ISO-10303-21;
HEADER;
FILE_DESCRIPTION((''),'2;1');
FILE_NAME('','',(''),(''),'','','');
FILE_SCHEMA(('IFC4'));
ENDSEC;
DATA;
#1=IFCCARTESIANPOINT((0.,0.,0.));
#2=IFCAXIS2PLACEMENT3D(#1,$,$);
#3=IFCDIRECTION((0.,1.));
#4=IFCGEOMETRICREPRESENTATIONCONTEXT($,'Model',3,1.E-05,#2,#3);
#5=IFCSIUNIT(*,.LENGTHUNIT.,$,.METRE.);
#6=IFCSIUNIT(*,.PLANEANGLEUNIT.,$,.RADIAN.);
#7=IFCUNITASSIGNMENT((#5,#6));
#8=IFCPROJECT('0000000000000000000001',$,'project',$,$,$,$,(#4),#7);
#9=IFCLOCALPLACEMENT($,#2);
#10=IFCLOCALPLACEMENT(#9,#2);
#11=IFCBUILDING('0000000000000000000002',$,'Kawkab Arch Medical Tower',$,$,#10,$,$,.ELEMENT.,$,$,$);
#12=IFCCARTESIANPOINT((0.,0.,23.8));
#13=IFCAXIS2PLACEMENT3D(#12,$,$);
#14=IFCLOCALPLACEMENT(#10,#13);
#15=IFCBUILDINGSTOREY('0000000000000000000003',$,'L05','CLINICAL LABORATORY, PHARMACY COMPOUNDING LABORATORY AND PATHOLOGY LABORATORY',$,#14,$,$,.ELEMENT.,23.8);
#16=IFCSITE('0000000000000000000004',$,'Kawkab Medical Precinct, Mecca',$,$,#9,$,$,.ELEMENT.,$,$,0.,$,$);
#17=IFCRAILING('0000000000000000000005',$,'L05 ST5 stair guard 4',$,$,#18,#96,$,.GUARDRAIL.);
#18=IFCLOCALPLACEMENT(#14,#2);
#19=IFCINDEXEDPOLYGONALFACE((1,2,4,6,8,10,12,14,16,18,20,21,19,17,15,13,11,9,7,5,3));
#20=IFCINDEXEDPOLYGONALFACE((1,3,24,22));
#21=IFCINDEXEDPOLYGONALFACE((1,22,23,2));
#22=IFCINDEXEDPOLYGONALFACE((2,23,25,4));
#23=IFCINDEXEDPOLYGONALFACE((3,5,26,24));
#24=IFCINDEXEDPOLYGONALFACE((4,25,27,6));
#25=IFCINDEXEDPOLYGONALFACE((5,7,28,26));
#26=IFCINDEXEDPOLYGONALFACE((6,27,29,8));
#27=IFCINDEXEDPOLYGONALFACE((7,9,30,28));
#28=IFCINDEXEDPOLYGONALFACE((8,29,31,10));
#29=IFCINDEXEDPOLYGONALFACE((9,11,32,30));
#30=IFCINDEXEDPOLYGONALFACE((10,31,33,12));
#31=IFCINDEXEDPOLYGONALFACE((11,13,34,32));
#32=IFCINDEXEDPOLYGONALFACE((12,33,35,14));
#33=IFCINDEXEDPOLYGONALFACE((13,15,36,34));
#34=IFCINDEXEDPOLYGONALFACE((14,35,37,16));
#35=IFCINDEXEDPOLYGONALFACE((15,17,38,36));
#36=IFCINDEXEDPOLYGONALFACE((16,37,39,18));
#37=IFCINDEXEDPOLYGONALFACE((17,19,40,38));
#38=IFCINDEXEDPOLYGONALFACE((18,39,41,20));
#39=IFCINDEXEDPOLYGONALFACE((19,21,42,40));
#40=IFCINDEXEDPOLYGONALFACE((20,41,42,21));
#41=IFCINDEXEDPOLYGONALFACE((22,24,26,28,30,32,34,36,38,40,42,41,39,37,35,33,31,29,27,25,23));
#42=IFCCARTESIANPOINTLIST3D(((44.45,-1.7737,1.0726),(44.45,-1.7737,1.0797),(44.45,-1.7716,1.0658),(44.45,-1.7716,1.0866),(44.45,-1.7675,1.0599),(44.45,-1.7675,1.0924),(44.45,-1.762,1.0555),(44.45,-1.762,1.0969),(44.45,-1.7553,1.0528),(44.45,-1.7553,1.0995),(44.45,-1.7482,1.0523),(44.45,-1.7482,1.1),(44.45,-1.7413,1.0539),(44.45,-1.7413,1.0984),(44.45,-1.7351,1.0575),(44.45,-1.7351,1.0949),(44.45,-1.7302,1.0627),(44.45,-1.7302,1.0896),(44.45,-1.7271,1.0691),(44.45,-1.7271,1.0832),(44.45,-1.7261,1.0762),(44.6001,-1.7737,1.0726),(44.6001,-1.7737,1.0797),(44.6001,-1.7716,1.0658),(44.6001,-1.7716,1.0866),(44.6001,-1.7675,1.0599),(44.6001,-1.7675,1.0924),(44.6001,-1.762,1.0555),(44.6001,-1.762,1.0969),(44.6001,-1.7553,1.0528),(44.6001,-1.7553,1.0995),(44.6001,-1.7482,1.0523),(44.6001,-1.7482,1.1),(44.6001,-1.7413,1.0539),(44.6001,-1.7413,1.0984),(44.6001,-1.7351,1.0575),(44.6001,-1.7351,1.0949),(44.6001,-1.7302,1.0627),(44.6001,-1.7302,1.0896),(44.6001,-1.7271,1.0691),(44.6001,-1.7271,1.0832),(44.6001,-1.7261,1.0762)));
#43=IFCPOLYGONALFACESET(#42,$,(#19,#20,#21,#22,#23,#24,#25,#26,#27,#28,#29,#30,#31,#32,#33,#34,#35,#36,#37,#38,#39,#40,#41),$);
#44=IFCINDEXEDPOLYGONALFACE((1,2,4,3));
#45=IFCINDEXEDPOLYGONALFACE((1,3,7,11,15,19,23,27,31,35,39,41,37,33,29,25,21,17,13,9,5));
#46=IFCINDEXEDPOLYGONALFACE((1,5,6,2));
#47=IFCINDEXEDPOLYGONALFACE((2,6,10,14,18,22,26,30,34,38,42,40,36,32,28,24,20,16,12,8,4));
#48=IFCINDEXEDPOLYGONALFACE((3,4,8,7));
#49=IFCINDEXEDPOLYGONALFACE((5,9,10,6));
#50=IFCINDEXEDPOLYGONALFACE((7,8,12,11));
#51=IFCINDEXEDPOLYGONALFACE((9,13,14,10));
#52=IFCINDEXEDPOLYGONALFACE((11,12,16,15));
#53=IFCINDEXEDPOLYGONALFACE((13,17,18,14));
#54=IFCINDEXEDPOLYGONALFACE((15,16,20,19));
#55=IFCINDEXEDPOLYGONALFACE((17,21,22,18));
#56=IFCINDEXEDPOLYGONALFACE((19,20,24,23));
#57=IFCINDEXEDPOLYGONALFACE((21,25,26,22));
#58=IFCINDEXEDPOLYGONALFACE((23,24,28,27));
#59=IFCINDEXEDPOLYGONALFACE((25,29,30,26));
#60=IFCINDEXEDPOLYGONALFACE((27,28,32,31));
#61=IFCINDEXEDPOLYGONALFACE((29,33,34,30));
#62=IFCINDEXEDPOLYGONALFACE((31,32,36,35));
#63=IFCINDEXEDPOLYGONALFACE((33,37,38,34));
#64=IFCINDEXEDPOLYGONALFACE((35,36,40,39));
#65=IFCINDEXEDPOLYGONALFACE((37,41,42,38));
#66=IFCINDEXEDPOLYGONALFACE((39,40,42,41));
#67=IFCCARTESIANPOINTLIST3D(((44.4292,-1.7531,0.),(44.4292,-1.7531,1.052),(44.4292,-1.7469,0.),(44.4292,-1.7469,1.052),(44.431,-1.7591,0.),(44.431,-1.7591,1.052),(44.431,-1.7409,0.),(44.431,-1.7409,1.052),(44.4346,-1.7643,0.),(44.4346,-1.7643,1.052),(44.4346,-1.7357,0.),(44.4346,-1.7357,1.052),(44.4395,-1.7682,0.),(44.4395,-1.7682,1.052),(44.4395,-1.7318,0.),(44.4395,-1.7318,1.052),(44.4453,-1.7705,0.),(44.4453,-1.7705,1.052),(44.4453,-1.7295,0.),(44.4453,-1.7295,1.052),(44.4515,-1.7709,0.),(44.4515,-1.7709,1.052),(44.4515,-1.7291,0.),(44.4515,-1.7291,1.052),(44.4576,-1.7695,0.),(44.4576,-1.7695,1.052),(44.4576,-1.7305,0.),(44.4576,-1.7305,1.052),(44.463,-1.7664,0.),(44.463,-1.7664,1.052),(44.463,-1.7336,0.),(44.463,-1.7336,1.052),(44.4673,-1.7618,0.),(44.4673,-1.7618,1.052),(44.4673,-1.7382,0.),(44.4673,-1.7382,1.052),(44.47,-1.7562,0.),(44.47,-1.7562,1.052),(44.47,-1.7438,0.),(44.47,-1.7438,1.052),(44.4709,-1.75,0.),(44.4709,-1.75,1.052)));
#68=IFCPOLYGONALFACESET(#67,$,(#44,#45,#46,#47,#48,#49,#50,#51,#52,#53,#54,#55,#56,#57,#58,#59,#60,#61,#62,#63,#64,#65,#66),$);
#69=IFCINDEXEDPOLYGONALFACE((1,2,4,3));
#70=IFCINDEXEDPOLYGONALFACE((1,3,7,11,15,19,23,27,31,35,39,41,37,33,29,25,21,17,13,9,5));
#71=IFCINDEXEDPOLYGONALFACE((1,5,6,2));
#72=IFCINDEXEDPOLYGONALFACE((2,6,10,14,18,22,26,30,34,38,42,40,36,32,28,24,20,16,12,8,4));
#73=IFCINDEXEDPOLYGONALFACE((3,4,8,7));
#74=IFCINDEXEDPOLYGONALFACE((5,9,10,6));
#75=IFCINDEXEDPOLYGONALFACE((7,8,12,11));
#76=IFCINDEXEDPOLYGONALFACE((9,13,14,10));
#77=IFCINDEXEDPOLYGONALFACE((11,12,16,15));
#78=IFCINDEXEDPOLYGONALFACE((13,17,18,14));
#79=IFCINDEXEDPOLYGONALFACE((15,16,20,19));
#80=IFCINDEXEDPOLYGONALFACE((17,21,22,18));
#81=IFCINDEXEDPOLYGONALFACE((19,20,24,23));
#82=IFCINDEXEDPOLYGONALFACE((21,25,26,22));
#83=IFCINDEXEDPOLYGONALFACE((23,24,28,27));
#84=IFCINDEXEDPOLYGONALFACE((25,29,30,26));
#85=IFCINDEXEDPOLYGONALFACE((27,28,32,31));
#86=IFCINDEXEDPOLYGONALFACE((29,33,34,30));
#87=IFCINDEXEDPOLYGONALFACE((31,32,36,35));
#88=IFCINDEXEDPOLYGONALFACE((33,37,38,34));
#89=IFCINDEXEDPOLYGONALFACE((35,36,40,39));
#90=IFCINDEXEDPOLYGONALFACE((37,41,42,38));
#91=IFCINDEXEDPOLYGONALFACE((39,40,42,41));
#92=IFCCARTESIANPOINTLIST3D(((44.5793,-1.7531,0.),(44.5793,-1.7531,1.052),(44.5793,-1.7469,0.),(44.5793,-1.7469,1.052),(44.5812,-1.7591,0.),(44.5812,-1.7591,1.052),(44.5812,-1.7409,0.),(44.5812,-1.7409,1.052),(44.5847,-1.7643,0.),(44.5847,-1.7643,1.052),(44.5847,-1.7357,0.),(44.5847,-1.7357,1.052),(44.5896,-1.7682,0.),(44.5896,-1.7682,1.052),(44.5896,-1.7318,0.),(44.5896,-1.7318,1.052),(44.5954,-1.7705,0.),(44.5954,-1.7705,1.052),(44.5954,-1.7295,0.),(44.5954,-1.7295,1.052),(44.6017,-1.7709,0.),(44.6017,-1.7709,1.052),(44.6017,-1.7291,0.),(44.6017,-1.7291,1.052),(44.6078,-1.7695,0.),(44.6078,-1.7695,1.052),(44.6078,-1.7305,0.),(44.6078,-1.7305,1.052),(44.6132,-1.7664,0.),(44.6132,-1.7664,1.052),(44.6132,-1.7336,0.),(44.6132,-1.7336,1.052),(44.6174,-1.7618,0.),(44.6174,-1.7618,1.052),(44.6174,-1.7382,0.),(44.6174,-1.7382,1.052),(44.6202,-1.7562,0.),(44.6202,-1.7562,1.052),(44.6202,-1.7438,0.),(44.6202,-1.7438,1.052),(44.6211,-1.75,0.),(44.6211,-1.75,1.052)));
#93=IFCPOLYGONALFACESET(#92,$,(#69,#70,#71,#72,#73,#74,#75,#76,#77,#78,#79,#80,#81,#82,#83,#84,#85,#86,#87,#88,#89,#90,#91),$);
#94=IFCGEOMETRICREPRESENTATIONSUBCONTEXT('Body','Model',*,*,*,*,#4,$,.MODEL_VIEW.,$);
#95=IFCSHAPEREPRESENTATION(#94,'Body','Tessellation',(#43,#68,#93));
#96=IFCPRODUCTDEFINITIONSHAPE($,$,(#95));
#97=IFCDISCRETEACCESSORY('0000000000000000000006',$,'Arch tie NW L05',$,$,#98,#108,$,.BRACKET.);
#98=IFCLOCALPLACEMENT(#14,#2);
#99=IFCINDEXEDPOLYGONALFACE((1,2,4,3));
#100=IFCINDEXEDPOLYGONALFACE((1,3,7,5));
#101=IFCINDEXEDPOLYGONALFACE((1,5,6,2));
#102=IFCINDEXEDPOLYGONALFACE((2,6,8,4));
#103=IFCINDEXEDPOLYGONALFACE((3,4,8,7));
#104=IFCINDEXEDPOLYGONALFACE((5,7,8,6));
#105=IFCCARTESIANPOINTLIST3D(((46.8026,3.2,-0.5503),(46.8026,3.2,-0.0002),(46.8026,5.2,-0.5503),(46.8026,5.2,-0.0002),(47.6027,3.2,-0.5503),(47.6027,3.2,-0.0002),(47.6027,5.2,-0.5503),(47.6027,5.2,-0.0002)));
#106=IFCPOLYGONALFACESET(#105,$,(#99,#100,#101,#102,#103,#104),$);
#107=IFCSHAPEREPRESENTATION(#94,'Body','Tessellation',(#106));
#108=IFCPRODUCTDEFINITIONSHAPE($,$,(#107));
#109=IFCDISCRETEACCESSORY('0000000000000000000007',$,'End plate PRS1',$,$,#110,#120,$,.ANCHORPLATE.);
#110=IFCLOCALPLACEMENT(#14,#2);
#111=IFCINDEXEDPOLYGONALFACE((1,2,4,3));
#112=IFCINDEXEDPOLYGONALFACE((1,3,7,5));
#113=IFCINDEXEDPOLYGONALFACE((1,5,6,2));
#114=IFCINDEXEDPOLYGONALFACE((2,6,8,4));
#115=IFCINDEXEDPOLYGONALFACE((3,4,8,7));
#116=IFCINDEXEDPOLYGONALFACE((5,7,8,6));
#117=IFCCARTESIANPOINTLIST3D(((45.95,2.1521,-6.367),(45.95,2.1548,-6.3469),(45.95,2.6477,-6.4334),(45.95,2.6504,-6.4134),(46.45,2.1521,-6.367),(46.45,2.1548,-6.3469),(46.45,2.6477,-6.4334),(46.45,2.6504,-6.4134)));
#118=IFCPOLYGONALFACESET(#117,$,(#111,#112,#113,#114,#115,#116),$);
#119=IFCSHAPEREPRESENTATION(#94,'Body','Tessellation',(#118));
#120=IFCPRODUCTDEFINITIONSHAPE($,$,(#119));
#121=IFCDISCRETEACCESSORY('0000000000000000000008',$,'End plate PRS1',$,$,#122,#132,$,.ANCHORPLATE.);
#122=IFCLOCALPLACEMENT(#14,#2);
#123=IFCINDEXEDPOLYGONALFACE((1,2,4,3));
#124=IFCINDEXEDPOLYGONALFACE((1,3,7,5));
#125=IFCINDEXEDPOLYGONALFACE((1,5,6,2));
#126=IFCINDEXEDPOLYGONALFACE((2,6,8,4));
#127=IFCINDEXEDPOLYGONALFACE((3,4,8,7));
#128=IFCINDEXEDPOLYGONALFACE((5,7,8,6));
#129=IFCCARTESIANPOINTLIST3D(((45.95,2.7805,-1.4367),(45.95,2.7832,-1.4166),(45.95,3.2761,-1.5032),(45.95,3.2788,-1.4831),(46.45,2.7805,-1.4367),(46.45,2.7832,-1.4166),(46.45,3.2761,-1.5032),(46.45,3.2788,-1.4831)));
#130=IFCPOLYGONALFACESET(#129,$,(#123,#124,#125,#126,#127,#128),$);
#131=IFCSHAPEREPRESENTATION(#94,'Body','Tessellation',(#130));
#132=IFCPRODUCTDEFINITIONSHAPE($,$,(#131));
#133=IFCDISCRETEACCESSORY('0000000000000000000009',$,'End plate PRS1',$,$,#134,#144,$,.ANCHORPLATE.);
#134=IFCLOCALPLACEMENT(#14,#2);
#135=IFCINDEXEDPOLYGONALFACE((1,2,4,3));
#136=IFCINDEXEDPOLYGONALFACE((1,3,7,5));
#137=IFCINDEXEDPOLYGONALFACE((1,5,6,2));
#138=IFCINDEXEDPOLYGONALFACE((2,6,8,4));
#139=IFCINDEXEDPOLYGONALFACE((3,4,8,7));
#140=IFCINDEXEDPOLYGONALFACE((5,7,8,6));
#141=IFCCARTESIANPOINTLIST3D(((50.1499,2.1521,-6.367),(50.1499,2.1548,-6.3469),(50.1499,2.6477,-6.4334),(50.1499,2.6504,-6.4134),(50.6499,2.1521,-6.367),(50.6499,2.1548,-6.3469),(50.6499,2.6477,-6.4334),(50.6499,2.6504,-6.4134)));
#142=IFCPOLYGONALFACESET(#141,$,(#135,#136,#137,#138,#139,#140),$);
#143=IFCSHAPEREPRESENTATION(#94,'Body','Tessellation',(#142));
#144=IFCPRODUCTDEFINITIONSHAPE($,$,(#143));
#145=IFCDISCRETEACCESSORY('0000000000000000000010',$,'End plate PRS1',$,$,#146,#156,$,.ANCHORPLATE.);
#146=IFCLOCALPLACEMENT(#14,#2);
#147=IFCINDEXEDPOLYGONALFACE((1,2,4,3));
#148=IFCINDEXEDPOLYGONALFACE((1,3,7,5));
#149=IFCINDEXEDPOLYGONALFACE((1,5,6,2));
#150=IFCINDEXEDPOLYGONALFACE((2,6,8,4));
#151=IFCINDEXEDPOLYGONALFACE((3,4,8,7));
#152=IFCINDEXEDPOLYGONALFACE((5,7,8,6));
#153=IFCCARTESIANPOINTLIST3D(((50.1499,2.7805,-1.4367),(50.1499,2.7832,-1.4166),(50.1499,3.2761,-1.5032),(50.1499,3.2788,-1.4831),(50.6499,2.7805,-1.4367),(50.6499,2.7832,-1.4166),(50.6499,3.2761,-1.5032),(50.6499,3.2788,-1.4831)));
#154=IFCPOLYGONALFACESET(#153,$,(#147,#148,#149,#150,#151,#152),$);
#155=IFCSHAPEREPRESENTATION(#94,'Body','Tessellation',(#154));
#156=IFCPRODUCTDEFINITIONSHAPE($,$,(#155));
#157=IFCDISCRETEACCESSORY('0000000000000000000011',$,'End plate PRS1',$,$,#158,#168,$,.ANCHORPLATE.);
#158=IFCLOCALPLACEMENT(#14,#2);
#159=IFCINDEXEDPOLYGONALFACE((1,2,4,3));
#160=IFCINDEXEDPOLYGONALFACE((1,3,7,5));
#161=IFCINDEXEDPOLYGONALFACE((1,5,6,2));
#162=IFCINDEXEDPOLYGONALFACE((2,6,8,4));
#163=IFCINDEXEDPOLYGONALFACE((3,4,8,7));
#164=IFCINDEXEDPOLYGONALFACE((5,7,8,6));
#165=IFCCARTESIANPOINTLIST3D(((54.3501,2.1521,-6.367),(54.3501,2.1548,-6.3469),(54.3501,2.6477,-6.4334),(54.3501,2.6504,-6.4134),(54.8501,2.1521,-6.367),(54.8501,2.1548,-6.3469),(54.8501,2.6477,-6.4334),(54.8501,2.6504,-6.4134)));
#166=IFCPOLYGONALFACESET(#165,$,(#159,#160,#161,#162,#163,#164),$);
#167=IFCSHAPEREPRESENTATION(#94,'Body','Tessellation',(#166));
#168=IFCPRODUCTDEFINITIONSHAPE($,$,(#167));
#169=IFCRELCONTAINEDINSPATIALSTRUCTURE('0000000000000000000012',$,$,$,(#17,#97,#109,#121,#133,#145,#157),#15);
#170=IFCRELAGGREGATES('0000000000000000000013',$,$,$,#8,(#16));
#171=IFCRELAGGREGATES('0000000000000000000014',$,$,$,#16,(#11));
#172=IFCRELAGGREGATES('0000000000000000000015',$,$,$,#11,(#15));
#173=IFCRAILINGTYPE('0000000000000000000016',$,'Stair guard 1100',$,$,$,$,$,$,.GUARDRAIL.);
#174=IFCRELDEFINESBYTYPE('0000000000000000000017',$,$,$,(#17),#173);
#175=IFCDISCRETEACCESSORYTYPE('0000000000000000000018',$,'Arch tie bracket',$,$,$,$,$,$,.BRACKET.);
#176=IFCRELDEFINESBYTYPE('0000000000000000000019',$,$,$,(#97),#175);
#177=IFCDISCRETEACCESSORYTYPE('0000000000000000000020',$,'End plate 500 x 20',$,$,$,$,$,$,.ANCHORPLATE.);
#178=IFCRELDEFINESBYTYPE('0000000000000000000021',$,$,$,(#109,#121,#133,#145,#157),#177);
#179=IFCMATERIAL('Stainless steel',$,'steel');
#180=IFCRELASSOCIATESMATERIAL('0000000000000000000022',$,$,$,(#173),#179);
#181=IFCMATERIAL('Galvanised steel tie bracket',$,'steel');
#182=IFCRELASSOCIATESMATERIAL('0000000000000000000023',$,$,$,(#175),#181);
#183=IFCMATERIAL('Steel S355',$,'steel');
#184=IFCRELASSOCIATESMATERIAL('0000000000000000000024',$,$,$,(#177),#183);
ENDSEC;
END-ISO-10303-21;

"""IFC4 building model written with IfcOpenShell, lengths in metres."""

from ifc_helpers import new_model, si_unit, direction, frame, origin, origin_2d, place, context, subcontext, project, spatial, rectangle, circle, extrude, material, material_profile, profile_set, type_object, element, save


model = new_model("IFC4")

# Units and contexts
model_context = context("Model", 3, precision=1e-05, world=origin(), true_north=direction((0.0, 1.0)))
body_context = subcontext(model_context, "Body", "Model", "MODEL_VIEW")
ifc_project = project(units=[si_unit("LENGTHUNIT", "METRE"), si_unit("PLANEANGLEUNIT", "RADIAN")], contexts=[model_context])

# Site, building, storey
site_placement = place(None, origin())
site = spatial("IfcSite", under=ifc_project, at=site_placement, Name="Kawkab Medical Precinct, Mecca", CompositionType="ELEMENT", RefElevation=0.0)
building_placement = place(site_placement, origin())
building = spatial("IfcBuilding", under=site, at=building_placement, Name="Kawkab Arch Medical Tower", CompositionType="ELEMENT")
storey_placement = place(building_placement, frame((0.0, 0.0, 23.8)))
storey = spatial("IfcBuildingStorey", under=building, at=storey_placement, Name="L05", Description="CLINICAL LABORATORY, PHARMACY COMPOUNDING LABORATORY AND PATHOLOGY LABORATORY", CompositionType="ELEMENT", Elevation=23.8)

# Railing
ifc_material_1 = material(Name="Stainless steel", Category="steel")
railing_type = type_object("IfcRailingType", Name="Stair guard 1100", PredefinedType="GUARDRAIL", material=ifc_material_1)
railing_placement = place(storey_placement, frame((44.45, -1.75, 0.0)))
element("IfcRailing", 1, at=railing_placement, inside=storey, type_object=railing_type, Name="L05 ST5 stair guard 4", PredefinedType="GUARDRAIL", context=body_context, shape_type="SweptSolid", body=[
    extrude(circle(Radius=0.0239, at=origin_2d()), frame((0.0, 0.0, 1.0762), z_axis=(1.0, 0.0, 0.0), x_axis=(0.0, 1.0, 0.0)), (0.0, 0.0, 1.0), 0.1501),
    extrude(circle(Radius=0.021, at=origin_2d()), origin(), (0.0, 0.0, 1.0), 1.052),
    extrude(circle(Radius=0.021, at=origin_2d()), frame((0.1501, 0.0, 0.0)), (0.0, 0.0, 1.0), 1.052),
])

# Discrete accessories
ifc_material_2 = material(Name="Galvanised steel tie bracket", Category="steel")
discrete_accessory_type_1 = type_object("IfcDiscreteAccessoryType", Name="Arch tie bracket", PredefinedType="BRACKET", material=ifc_material_2)
discrete_accessory_placement = place(storey_placement, frame((47.2026, 4.2, -0.5503), z_axis=(0.0, 0.0, 1.0), x_axis=(1.0, 0.0, 0.0)))
element("IfcDiscreteAccessory", 2, at=discrete_accessory_placement, inside=storey, type_object=discrete_accessory_type_1, Name="Arch tie NW L05", PredefinedType="BRACKET", context=body_context, shape_type="SweptSolid", body=[
    extrude(rectangle(XDim=0.8, YDim=2.0, at=origin_2d()), origin(), (0.0, 0.0, 1.0), 0.55),
])
ifc_material_3 = material(Name="Steel S355", Category="steel")
ifc_material_profile_1 = material_profile(ifc_material_3, rectangle(XDim=0.5, YDim=0.5, at=origin_2d()), Name="End plate 500 x 20")
ifc_profile_set_1 = profile_set([ifc_material_profile_1], Name="Steel S355")
discrete_accessory_type_2 = type_object("IfcDiscreteAccessoryType", Name="End plate 500 x 20", PredefinedType="ANCHORPLATE", material=ifc_profile_set_1)
for number, where, z_axis, x_axis, name in (
    (3, (46.2, 2.4026, -6.3801), (0.0, -0.132955, -0.991122), (1.0, 0.0, 0.0), "End plate PRS1"),
    (4, (46.2, 3.0283, -1.47), (0.0, 0.132955, 0.991122), (-1.0, 0.0, 0.0), "End plate PRS1"),
    (5, (50.3999, 2.4026, -6.3801), (0.0, -0.132955, -0.991122), (1.0, 0.0, 0.0), "End plate PRS1"),
    (6, (50.3999, 3.0283, -1.47), (0.0, 0.132955, 0.991122), (-1.0, 0.0, 0.0), "End plate PRS1"),
    (7, (54.6001, 2.4026, -6.3801), (0.0, -0.132955, -0.991122), (1.0, 0.0, 0.0), "End plate PRS1"),
):
    element("IfcDiscreteAccessory", number, at=place(storey_placement, frame(where, z_axis=z_axis, x_axis=x_axis)), inside=storey, type_object=discrete_accessory_type_2, Name=name, PredefinedType="ANCHORPLATE", context=body_context, shape_type="SweptSolid", body=[
        extrude(rectangle(XDim=0.5, YDim=0.5, at=origin_2d()), origin(), (0.0, 0.0, 1.0), 0.0203),
    ])

save(model, "model.ifc")
